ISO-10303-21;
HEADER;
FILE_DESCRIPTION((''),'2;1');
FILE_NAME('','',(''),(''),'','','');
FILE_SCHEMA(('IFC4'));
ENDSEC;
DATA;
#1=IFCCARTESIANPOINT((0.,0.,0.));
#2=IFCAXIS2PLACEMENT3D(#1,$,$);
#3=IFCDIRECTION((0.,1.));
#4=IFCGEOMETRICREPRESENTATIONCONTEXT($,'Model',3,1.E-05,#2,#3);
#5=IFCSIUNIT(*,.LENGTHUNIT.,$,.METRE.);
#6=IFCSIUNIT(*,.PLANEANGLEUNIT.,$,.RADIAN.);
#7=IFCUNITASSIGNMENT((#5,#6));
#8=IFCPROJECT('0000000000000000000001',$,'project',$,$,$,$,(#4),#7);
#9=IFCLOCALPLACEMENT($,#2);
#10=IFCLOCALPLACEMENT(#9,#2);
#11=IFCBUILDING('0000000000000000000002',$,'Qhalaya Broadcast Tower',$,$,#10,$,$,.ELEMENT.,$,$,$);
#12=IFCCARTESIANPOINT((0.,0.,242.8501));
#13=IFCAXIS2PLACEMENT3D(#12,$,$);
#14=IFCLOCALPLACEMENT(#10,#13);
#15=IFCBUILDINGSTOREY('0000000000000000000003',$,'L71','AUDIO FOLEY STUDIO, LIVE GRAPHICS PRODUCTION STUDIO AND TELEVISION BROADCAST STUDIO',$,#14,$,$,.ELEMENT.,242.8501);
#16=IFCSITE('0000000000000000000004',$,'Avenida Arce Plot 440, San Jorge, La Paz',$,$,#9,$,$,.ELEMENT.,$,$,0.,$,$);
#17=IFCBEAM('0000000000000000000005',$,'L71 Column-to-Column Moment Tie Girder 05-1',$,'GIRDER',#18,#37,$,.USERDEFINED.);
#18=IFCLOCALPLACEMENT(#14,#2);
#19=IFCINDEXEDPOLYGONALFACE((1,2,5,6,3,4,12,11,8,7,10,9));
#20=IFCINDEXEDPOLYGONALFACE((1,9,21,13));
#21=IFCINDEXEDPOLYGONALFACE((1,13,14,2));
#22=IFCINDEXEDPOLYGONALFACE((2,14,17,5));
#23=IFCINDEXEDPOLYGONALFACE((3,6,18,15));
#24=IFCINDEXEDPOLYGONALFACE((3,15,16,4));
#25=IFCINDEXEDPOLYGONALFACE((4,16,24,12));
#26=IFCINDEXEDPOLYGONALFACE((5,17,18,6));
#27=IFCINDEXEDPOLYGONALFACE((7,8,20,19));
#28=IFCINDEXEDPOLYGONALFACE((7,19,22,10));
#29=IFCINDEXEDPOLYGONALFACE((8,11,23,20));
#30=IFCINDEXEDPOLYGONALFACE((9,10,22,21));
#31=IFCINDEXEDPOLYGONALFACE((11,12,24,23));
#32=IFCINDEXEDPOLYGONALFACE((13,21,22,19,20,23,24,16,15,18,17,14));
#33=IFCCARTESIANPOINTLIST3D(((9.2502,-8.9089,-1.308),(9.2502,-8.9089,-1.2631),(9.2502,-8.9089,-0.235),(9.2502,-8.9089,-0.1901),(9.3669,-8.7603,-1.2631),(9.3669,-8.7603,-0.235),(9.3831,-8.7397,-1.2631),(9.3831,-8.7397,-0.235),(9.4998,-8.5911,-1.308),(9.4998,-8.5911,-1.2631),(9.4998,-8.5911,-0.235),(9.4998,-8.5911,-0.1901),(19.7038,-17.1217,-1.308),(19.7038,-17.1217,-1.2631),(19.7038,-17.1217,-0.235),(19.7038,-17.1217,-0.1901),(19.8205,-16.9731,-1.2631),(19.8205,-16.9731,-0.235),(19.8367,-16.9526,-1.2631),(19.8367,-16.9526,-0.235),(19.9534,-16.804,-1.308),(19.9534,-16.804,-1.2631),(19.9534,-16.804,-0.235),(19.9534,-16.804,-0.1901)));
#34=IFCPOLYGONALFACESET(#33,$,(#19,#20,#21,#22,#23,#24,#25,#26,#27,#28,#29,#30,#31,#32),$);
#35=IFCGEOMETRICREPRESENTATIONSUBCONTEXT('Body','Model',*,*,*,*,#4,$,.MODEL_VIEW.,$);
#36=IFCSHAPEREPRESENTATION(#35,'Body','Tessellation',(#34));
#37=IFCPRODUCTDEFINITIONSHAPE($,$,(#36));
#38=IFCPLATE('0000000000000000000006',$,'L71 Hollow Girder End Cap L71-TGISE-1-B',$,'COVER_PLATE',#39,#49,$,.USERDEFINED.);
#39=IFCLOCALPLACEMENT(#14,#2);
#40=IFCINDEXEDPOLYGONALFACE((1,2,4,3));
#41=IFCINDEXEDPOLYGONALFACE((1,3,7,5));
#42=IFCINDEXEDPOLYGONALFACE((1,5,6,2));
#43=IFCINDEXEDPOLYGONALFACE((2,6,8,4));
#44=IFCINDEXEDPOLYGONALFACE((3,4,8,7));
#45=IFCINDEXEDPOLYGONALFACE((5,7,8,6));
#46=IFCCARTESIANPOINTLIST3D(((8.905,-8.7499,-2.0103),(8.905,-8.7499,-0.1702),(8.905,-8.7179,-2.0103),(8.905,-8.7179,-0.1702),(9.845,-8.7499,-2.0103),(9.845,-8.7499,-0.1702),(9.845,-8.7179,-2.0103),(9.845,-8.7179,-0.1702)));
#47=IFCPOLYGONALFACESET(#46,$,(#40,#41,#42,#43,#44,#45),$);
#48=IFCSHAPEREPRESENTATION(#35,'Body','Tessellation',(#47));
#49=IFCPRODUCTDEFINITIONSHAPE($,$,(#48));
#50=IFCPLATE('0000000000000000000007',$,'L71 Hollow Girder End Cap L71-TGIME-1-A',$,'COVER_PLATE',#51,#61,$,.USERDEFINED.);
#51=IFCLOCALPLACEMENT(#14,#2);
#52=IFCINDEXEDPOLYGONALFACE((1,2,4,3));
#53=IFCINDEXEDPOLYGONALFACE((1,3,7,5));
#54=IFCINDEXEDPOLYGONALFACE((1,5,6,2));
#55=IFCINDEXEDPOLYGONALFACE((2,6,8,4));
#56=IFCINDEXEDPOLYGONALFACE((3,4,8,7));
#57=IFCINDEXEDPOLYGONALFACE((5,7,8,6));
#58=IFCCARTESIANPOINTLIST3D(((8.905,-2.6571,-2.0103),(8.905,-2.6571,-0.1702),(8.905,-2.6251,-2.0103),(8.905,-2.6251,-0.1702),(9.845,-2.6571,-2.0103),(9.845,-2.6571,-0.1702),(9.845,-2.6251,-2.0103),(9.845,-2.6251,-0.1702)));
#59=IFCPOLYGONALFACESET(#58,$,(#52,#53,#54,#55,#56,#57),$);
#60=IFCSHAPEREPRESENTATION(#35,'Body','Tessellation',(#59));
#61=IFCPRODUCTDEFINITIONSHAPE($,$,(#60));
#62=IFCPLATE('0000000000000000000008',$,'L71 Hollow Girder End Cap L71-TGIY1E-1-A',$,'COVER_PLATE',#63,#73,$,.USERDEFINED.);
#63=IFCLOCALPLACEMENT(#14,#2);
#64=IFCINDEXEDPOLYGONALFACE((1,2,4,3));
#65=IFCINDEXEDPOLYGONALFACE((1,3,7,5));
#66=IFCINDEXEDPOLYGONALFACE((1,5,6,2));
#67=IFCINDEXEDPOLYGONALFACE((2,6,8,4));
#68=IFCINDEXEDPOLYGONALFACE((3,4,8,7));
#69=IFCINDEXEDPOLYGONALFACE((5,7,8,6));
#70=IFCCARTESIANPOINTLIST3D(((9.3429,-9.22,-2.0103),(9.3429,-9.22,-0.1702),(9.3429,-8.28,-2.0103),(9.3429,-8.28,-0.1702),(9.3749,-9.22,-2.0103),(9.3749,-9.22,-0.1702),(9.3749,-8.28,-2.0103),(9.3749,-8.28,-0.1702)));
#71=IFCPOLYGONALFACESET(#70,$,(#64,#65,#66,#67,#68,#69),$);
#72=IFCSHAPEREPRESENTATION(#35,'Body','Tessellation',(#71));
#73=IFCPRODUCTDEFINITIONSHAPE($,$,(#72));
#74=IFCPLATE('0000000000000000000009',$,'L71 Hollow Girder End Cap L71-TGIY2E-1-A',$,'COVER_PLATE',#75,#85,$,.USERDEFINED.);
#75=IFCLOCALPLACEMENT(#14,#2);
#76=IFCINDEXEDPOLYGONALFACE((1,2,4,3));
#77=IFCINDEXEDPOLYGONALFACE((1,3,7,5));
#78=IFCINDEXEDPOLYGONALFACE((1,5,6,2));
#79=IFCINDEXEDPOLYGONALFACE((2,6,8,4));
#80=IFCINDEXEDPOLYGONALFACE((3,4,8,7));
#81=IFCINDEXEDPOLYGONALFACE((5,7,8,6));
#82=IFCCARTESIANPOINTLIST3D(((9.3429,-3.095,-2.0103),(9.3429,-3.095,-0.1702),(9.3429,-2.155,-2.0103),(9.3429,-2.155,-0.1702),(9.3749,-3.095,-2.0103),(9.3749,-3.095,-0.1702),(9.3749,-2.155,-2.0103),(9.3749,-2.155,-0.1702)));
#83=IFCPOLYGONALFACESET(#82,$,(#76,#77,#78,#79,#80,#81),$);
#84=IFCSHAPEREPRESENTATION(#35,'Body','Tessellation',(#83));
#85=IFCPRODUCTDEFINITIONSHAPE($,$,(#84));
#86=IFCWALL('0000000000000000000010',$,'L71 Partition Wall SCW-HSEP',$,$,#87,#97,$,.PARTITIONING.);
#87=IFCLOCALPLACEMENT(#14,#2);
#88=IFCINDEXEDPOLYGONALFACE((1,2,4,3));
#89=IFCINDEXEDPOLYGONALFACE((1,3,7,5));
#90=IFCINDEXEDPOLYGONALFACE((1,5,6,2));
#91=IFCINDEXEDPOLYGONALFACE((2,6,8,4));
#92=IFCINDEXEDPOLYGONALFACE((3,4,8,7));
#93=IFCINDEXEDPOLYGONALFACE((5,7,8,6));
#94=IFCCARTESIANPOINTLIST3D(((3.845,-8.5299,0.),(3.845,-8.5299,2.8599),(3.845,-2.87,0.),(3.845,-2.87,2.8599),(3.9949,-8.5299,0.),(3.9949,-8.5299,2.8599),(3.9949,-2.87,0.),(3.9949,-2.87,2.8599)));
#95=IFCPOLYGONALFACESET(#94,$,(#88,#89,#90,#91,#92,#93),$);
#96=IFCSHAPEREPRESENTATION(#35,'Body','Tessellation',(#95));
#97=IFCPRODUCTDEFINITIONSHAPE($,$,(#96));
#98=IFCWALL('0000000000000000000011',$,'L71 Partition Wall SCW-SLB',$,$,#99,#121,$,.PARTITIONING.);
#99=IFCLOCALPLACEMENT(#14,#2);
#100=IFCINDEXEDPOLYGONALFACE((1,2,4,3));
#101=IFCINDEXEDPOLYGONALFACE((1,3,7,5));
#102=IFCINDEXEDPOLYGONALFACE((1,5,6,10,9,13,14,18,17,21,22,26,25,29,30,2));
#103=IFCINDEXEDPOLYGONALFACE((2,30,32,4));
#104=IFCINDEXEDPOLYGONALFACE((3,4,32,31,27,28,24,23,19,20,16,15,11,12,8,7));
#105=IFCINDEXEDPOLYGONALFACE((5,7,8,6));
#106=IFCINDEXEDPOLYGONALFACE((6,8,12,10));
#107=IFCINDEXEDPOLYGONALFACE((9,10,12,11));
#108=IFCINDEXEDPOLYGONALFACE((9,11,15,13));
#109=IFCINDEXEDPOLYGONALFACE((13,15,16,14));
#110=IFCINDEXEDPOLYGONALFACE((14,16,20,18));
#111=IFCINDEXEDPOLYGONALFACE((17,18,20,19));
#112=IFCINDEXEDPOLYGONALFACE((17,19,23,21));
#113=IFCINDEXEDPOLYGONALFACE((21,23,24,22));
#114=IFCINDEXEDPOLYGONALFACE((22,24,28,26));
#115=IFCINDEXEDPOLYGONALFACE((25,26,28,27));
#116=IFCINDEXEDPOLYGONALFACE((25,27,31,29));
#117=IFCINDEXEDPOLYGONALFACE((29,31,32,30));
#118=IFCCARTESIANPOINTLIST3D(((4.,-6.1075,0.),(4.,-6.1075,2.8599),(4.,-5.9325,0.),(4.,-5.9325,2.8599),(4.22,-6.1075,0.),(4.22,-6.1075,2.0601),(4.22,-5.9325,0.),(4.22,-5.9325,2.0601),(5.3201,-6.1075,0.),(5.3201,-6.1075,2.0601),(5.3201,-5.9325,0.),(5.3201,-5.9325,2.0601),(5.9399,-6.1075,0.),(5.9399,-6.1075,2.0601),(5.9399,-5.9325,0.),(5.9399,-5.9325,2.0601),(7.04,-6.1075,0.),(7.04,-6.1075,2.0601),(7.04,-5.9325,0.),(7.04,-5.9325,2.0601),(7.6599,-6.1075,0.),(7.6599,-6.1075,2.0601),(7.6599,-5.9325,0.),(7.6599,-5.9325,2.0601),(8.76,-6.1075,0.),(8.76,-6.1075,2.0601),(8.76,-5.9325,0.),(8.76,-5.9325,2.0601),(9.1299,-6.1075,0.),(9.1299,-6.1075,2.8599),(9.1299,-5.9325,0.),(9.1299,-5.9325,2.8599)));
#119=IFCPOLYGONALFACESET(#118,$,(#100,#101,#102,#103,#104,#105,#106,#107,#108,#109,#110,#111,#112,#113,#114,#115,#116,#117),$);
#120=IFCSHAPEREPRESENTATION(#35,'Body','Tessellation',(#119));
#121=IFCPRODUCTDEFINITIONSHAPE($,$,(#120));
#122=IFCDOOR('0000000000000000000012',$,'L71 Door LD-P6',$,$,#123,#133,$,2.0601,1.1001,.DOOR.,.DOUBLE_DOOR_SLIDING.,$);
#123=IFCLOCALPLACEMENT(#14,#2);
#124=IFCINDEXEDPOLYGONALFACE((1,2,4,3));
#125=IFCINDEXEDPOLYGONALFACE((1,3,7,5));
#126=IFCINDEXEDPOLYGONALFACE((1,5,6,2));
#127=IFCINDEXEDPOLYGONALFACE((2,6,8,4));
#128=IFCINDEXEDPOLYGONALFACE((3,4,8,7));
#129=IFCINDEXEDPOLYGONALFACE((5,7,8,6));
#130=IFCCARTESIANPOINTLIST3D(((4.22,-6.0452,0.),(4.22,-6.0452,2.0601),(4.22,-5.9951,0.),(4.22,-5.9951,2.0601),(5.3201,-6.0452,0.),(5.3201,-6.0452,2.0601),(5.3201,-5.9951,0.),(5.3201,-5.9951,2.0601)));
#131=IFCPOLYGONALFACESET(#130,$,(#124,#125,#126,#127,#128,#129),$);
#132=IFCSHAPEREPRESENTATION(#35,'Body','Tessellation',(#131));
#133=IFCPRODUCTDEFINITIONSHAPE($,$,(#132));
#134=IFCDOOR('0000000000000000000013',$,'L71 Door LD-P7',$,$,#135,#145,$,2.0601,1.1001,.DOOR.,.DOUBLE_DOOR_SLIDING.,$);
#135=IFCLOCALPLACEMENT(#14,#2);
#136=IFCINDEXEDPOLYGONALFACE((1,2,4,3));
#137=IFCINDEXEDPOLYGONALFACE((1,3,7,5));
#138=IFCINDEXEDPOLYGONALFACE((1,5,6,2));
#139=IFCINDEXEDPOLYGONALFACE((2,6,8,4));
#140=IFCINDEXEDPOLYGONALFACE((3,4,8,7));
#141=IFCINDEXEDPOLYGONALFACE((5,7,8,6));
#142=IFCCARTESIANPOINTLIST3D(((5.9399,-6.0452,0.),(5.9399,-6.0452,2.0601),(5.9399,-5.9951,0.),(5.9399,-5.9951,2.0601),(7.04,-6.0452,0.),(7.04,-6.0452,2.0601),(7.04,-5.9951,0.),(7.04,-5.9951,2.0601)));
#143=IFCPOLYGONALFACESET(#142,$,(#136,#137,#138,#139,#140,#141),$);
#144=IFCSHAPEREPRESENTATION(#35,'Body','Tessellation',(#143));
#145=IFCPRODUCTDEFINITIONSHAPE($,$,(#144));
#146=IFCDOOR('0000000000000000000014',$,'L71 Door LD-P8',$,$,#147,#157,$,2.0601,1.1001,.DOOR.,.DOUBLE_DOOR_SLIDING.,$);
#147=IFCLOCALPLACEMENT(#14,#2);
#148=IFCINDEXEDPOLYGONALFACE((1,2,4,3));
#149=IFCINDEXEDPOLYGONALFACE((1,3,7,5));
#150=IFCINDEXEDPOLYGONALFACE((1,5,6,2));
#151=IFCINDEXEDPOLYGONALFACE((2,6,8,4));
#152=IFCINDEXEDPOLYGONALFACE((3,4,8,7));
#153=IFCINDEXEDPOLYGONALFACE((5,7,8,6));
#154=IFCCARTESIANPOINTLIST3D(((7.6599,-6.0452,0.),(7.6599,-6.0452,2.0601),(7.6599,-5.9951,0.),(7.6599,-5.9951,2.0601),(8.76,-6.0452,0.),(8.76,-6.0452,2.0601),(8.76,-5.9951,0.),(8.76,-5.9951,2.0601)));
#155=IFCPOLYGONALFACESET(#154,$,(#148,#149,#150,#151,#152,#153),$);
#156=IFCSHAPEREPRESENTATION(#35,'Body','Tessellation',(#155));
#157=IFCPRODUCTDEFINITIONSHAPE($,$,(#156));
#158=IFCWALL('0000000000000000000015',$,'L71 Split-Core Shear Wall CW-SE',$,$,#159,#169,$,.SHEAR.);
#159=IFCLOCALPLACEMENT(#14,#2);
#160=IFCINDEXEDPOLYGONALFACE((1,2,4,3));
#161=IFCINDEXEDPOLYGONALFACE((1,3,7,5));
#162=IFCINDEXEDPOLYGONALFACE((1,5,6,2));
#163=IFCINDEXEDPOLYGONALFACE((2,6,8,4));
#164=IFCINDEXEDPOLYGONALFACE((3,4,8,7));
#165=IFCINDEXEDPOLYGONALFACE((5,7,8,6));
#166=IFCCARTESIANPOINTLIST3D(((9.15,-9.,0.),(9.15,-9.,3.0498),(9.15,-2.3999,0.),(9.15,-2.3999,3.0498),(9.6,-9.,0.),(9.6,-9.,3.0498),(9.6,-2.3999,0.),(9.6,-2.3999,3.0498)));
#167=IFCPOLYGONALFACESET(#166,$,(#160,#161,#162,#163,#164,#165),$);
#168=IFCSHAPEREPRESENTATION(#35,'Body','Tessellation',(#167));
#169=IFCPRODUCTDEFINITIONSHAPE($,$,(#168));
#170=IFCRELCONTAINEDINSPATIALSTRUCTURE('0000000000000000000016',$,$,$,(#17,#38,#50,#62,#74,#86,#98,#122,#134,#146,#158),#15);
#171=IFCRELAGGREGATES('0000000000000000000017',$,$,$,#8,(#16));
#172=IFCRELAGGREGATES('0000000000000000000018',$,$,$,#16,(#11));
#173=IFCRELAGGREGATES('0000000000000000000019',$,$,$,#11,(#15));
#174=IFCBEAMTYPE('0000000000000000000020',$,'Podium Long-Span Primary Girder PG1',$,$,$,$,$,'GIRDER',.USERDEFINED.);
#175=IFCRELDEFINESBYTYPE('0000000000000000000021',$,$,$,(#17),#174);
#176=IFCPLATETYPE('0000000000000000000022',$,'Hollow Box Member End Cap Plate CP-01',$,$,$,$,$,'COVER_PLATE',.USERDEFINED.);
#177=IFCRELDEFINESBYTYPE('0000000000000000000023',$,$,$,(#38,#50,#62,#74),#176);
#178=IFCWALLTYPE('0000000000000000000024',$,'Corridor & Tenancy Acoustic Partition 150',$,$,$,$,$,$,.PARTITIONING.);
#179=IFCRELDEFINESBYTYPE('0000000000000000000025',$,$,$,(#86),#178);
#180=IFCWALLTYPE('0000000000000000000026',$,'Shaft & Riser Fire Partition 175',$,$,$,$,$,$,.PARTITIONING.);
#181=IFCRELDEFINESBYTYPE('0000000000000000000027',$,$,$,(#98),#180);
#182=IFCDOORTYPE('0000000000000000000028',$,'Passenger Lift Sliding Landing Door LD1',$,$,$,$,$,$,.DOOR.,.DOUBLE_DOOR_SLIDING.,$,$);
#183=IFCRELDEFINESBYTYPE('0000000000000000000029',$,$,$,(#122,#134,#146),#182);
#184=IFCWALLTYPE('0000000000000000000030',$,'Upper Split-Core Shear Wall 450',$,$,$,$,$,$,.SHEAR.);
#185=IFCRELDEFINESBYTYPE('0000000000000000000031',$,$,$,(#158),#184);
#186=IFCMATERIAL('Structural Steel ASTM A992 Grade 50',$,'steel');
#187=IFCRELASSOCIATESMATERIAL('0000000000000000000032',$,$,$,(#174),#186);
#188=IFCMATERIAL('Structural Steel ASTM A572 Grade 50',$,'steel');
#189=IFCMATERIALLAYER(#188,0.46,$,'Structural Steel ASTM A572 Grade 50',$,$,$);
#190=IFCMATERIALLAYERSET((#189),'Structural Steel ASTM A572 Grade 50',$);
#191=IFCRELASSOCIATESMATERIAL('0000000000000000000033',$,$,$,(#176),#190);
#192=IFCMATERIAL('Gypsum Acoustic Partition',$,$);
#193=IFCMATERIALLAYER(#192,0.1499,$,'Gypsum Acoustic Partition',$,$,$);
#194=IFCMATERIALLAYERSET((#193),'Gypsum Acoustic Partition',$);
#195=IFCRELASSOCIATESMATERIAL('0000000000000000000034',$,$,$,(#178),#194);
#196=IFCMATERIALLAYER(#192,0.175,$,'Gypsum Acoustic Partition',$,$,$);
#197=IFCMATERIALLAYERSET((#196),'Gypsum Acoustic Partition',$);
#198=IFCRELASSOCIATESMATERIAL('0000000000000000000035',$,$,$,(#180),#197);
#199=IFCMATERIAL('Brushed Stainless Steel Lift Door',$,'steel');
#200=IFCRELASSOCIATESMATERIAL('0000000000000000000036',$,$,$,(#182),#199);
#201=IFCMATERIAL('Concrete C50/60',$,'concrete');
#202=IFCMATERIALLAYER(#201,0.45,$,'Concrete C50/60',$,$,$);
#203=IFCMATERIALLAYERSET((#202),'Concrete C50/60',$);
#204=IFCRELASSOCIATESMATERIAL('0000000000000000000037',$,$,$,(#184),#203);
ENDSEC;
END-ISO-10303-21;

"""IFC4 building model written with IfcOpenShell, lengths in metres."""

from ifc_helpers import new_model, si_unit, direction, frame, frame_2d, origin, origin_2d, place, context, subcontext, project, spatial, rectangle, i_section, extrude, material, layer, layer_set, material_profile, profile_set, type_object, element, fill, save


model = new_model("IFC4")

# Units and contexts
model_context = context("Model", 3, precision=1e-05, world=origin(), true_north=direction((0.0, 1.0)))
body_context = subcontext(model_context, "Body", "Model", "MODEL_VIEW")
ifc_project = project(units=[si_unit("LENGTHUNIT", "METRE"), si_unit("PLANEANGLEUNIT", "RADIAN")], contexts=[model_context])

# Site, building, storey
site_placement = place(None, origin())
site = spatial("IfcSite", under=ifc_project, at=site_placement, Name="Avenida Arce Plot 440, San Jorge, La Paz", CompositionType="ELEMENT", RefElevation=0.0)
building_placement = place(site_placement, origin())
building = spatial("IfcBuilding", under=site, at=building_placement, Name="Qhalaya Broadcast Tower", CompositionType="ELEMENT")
storey_placement = place(building_placement, frame((0.0, 0.0, 242.8501)))
storey = spatial("IfcBuildingStorey", under=building, at=storey_placement, Name="L71", Description="AUDIO FOLEY STUDIO, LIVE GRAPHICS PRODUCTION STUDIO AND TELEVISION BROADCAST STUDIO", CompositionType="ELEMENT", Elevation=242.8501)

# Shared definitions
ifc_material_1 = material(Name="Concrete C50/60", Category="concrete")

# Beam
ifc_material_2 = material(Name="Structural Steel ASTM A572 Grade 50", Category="steel")
ifc_material_3 = material(Name="Structural Steel ASTM A992 Grade 50", Category="steel")
ifc_material_profile_1 = material_profile(ifc_material_3, i_section(OverallWidth=0.4041, OverallDepth=1.1179, WebThickness=0.0261, FlangeThickness=0.0449, at=origin_2d()), Name="W44X335")
ifc_profile_set_1 = profile_set([ifc_material_profile_1], Name="Structural Steel ASTM A992 Grade 50")
beam_type_1 = type_object("IfcBeamType", Name="Podium Long-Span Primary Girder PG1", ElementType="GIRDER", PredefinedType="USERDEFINED", material=ifc_profile_set_1)
beam_1_placement = place(storey_placement, frame((9.375, -8.75, -0.749), z_axis=(0.786343, -0.617791, 0.0), x_axis=(0.617791, 0.786343, 0.0)))
element("IfcBeam", 1, at=beam_1_placement, inside=storey, type_object=beam_type_1, Name="L71 Column-to-Column Moment Tie Girder 05-1", ObjectType="GIRDER", PredefinedType="USERDEFINED", context=body_context, shape_type="SweptSolid", body=[
    extrude(i_section(OverallWidth=0.4041, OverallDepth=1.1179, WebThickness=0.0261, FlangeThickness=0.0449, at=origin_2d()), origin(), (0.0, 0.0, 1.0), 13.2939),
])

# Plates
ifc_layer_1 = layer(ifc_material_2, 0.46, Name="Structural Steel ASTM A572 Grade 50")
ifc_layer_set_1 = layer_set([ifc_layer_1], Name="Structural Steel ASTM A572 Grade 50")
plate_type = type_object("IfcPlateType", Name="Hollow Box Member End Cap Plate CP-01", ElementType="COVER_PLATE", PredefinedType="USERDEFINED", material=ifc_layer_set_1)
for number, where, z_axis, x_axis, name in (
    (2, (9.375, -8.7339, -2.0103), (0.0, 0.0, 1.0), (-1.0, 0.0, 0.0), "L71 Hollow Girder End Cap L71-TGISE-1-B"),
    (3, (9.375, -2.6411, -2.0103), (0.0, 0.0, 1.0), (-1.0, 0.0, 0.0), "L71 Hollow Girder End Cap L71-TGIME-1-A"),
    (4, (9.3589, -8.75, -2.0103), (0.0, 0.0, 1.0), (0.0, 1.0, 0.0), "L71 Hollow Girder End Cap L71-TGIY1E-1-A"),
    (5, (9.3589, -2.625, -2.0103), (0.0, 0.0, 1.0), (0.0, 1.0, 0.0), "L71 Hollow Girder End Cap L71-TGIY2E-1-A"),
):
    element("IfcPlate", number, at=place(storey_placement, frame(where, z_axis=z_axis, x_axis=x_axis)), inside=storey, type_object=plate_type, Name=name, ObjectType="COVER_PLATE", PredefinedType="USERDEFINED", context=body_context, shape_type="SweptSolid", body=[
        extrude(rectangle(XDim=0.9399, YDim=0.032, at=origin_2d()), origin(), (0.0, 0.0, 1.0), 1.8401),
    ])

# Wall
ifc_material_4 = material(Name="Gypsum Acoustic Partition")
ifc_layer_2 = layer(ifc_material_4, 0.1499, Name="Gypsum Acoustic Partition")
ifc_layer_set_2 = layer_set([ifc_layer_2], Name="Gypsum Acoustic Partition")
wall_type_1 = type_object("IfcWallType", Name="Corridor & Tenancy Acoustic Partition 150", PredefinedType="PARTITIONING", material=ifc_layer_set_2)
wall_1_placement = place(storey_placement, frame((3.9199, -8.53, 0.0), z_axis=(0.0, 0.0, 1.0), x_axis=(0.0, 1.0, 0.0)))
element("IfcWall", 6, at=wall_1_placement, inside=storey, type_object=wall_type_1, Name="L71 Partition Wall SCW-HSEP", PredefinedType="PARTITIONING", context=body_context, shape_type="SweptSolid", body=[
    extrude(rectangle(XDim=5.6599, YDim=0.1499, at=frame_2d((2.8301, 0.0))), origin(), (0.0, 0.0, 1.0), 2.8599),
])

# Wall, openings, doors
ifc_layer_3 = layer(ifc_material_4, 0.175, Name="Gypsum Acoustic Partition")
ifc_layer_set_3 = layer_set([ifc_layer_3], Name="Gypsum Acoustic Partition")
wall_type_2 = type_object("IfcWallType", Name="Shaft & Riser Fire Partition 175", PredefinedType="PARTITIONING", material=ifc_layer_set_3)
wall_2_placement = place(storey_placement, frame((4.0, -6.02, 0.0), z_axis=(0.0, 0.0, 1.0), x_axis=(1.0, 0.0, 0.0)))
wall_2 = element("IfcWall", 7, at=wall_2_placement, inside=storey, type_object=wall_type_2, Name="L71 Partition Wall SCW-SLB", PredefinedType="PARTITIONING", context=body_context, shape_type="SweptSolid", body=[
    extrude(rectangle(XDim=5.1299, YDim=0.175, at=frame_2d((2.5649, 0.0))), origin(), (0.0, 0.0, 1.0), 2.8599),
])
opening_1_placement = place(wall_2_placement, frame((0.22, 0.0, 0.0)))
opening_1 = element("IfcOpeningElement", 8, at=opening_1_placement, cuts=wall_2, PredefinedType="OPENING", context=body_context, shape_type="SweptSolid", body=[
    extrude(rectangle(XDim=1.1001, YDim=2.0601, at=frame_2d((0.55, 1.03))), frame((0.0, 0.0996, 0.0), z_axis=(0.0, -1.0, 0.0), x_axis=(1.0, 0.0, 0.0)), (0.0, 0.0, 1.0), 0.199),
])
opening_2_placement = place(wall_2_placement, frame((1.9399, 0.0, 0.0)))
opening_2 = element("IfcOpeningElement", 9, at=opening_2_placement, cuts=wall_2, PredefinedType="OPENING", context=body_context, shape_type="SweptSolid", body=[
    extrude(rectangle(XDim=1.1001, YDim=2.0601, at=frame_2d((0.55, 1.03))), frame((0.0, 0.0996, 0.0), z_axis=(0.0, -1.0, 0.0), x_axis=(1.0, 0.0, 0.0)), (0.0, 0.0, 1.0), 0.199),
])
opening_3_placement = place(wall_2_placement, frame((3.6599, 0.0, 0.0)))
opening_3 = element("IfcOpeningElement", 10, at=opening_3_placement, cuts=wall_2, PredefinedType="OPENING", context=body_context, shape_type="SweptSolid", body=[
    extrude(rectangle(XDim=1.1001, YDim=2.0601, at=frame_2d((0.55, 1.03))), frame((0.0, 0.0996, 0.0), z_axis=(0.0, -1.0, 0.0), x_axis=(1.0, 0.0, 0.0)), (0.0, 0.0, 1.0), 0.199),
])
ifc_material_5 = material(Name="Brushed Stainless Steel Lift Door", Category="steel")
door_type = type_object("IfcDoorType", Name="Passenger Lift Sliding Landing Door LD1", OperationType="DOUBLE_DOOR_SLIDING", PredefinedType="DOOR", material=ifc_material_5)
door_1_placement = place(opening_1_placement, origin())
door_1 = element("IfcDoor", 11, at=door_1_placement, inside=storey, type_object=door_type, Name="L71 Door LD-P6", OperationType="DOUBLE_DOOR_SLIDING", OverallHeight=2.0601, OverallWidth=1.1001, PredefinedType="DOOR", context=body_context, shape_type="SweptSolid", body=[
    extrude(rectangle(XDim=1.1001, YDim=2.0601, at=frame_2d((0.55, 1.03))), frame((0.0, 0.0249, 0.0), z_axis=(0.0, -1.0, 0.0), x_axis=(1.0, 0.0, 0.0)), (0.0, 0.0, 1.0), 0.05),
])
fill(opening_1, door_1)
door_2_placement = place(opening_2_placement, origin())
door_2 = element("IfcDoor", 12, at=door_2_placement, inside=storey, type_object=door_type, Name="L71 Door LD-P7", OperationType="DOUBLE_DOOR_SLIDING", OverallHeight=2.0601, OverallWidth=1.1001, PredefinedType="DOOR", context=body_context, shape_type="SweptSolid", body=[
    extrude(rectangle(XDim=1.1001, YDim=2.0601, at=frame_2d((0.55, 1.03))), frame((0.0, 0.0249, 0.0), z_axis=(0.0, -1.0, 0.0), x_axis=(1.0, 0.0, 0.0)), (0.0, 0.0, 1.0), 0.05),
])
fill(opening_2, door_2)
door_3_placement = place(opening_3_placement, origin())
door_3 = element("IfcDoor", 13, at=door_3_placement, inside=storey, type_object=door_type, Name="L71 Door LD-P8", OperationType="DOUBLE_DOOR_SLIDING", OverallHeight=2.0601, OverallWidth=1.1001, PredefinedType="DOOR", context=body_context, shape_type="SweptSolid", body=[
    extrude(rectangle(XDim=1.1001, YDim=2.0601, at=frame_2d((0.55, 1.03))), frame((0.0, 0.0249, 0.0), z_axis=(0.0, -1.0, 0.0), x_axis=(1.0, 0.0, 0.0)), (0.0, 0.0, 1.0), 0.05),
])
fill(opening_3, door_3)

# Wall
ifc_layer_4 = layer(ifc_material_1, 0.45, Name="Concrete C50/60")
ifc_layer_set_4 = layer_set([ifc_layer_4], Name="Concrete C50/60")
wall_type_3 = type_object("IfcWallType", Name="Upper Split-Core Shear Wall 450", PredefinedType="SHEAR", material=ifc_layer_set_4)
wall_3_placement = place(storey_placement, frame((9.375, -9.0, 0.0), z_axis=(0.0, 0.0, 1.0), x_axis=(0.0, 1.0, 0.0)))
element("IfcWall", 14, at=wall_3_placement, inside=storey, type_object=wall_type_3, Name="L71 Split-Core Shear Wall CW-SE", PredefinedType="SHEAR", context=body_context, shape_type="SweptSolid", body=[
    extrude(rectangle(XDim=6.6001, YDim=0.45, at=frame_2d((3.3, 0.0))), origin(), (0.0, 0.0, 1.0), 3.0498),
])

save(model, "model.ifc")
